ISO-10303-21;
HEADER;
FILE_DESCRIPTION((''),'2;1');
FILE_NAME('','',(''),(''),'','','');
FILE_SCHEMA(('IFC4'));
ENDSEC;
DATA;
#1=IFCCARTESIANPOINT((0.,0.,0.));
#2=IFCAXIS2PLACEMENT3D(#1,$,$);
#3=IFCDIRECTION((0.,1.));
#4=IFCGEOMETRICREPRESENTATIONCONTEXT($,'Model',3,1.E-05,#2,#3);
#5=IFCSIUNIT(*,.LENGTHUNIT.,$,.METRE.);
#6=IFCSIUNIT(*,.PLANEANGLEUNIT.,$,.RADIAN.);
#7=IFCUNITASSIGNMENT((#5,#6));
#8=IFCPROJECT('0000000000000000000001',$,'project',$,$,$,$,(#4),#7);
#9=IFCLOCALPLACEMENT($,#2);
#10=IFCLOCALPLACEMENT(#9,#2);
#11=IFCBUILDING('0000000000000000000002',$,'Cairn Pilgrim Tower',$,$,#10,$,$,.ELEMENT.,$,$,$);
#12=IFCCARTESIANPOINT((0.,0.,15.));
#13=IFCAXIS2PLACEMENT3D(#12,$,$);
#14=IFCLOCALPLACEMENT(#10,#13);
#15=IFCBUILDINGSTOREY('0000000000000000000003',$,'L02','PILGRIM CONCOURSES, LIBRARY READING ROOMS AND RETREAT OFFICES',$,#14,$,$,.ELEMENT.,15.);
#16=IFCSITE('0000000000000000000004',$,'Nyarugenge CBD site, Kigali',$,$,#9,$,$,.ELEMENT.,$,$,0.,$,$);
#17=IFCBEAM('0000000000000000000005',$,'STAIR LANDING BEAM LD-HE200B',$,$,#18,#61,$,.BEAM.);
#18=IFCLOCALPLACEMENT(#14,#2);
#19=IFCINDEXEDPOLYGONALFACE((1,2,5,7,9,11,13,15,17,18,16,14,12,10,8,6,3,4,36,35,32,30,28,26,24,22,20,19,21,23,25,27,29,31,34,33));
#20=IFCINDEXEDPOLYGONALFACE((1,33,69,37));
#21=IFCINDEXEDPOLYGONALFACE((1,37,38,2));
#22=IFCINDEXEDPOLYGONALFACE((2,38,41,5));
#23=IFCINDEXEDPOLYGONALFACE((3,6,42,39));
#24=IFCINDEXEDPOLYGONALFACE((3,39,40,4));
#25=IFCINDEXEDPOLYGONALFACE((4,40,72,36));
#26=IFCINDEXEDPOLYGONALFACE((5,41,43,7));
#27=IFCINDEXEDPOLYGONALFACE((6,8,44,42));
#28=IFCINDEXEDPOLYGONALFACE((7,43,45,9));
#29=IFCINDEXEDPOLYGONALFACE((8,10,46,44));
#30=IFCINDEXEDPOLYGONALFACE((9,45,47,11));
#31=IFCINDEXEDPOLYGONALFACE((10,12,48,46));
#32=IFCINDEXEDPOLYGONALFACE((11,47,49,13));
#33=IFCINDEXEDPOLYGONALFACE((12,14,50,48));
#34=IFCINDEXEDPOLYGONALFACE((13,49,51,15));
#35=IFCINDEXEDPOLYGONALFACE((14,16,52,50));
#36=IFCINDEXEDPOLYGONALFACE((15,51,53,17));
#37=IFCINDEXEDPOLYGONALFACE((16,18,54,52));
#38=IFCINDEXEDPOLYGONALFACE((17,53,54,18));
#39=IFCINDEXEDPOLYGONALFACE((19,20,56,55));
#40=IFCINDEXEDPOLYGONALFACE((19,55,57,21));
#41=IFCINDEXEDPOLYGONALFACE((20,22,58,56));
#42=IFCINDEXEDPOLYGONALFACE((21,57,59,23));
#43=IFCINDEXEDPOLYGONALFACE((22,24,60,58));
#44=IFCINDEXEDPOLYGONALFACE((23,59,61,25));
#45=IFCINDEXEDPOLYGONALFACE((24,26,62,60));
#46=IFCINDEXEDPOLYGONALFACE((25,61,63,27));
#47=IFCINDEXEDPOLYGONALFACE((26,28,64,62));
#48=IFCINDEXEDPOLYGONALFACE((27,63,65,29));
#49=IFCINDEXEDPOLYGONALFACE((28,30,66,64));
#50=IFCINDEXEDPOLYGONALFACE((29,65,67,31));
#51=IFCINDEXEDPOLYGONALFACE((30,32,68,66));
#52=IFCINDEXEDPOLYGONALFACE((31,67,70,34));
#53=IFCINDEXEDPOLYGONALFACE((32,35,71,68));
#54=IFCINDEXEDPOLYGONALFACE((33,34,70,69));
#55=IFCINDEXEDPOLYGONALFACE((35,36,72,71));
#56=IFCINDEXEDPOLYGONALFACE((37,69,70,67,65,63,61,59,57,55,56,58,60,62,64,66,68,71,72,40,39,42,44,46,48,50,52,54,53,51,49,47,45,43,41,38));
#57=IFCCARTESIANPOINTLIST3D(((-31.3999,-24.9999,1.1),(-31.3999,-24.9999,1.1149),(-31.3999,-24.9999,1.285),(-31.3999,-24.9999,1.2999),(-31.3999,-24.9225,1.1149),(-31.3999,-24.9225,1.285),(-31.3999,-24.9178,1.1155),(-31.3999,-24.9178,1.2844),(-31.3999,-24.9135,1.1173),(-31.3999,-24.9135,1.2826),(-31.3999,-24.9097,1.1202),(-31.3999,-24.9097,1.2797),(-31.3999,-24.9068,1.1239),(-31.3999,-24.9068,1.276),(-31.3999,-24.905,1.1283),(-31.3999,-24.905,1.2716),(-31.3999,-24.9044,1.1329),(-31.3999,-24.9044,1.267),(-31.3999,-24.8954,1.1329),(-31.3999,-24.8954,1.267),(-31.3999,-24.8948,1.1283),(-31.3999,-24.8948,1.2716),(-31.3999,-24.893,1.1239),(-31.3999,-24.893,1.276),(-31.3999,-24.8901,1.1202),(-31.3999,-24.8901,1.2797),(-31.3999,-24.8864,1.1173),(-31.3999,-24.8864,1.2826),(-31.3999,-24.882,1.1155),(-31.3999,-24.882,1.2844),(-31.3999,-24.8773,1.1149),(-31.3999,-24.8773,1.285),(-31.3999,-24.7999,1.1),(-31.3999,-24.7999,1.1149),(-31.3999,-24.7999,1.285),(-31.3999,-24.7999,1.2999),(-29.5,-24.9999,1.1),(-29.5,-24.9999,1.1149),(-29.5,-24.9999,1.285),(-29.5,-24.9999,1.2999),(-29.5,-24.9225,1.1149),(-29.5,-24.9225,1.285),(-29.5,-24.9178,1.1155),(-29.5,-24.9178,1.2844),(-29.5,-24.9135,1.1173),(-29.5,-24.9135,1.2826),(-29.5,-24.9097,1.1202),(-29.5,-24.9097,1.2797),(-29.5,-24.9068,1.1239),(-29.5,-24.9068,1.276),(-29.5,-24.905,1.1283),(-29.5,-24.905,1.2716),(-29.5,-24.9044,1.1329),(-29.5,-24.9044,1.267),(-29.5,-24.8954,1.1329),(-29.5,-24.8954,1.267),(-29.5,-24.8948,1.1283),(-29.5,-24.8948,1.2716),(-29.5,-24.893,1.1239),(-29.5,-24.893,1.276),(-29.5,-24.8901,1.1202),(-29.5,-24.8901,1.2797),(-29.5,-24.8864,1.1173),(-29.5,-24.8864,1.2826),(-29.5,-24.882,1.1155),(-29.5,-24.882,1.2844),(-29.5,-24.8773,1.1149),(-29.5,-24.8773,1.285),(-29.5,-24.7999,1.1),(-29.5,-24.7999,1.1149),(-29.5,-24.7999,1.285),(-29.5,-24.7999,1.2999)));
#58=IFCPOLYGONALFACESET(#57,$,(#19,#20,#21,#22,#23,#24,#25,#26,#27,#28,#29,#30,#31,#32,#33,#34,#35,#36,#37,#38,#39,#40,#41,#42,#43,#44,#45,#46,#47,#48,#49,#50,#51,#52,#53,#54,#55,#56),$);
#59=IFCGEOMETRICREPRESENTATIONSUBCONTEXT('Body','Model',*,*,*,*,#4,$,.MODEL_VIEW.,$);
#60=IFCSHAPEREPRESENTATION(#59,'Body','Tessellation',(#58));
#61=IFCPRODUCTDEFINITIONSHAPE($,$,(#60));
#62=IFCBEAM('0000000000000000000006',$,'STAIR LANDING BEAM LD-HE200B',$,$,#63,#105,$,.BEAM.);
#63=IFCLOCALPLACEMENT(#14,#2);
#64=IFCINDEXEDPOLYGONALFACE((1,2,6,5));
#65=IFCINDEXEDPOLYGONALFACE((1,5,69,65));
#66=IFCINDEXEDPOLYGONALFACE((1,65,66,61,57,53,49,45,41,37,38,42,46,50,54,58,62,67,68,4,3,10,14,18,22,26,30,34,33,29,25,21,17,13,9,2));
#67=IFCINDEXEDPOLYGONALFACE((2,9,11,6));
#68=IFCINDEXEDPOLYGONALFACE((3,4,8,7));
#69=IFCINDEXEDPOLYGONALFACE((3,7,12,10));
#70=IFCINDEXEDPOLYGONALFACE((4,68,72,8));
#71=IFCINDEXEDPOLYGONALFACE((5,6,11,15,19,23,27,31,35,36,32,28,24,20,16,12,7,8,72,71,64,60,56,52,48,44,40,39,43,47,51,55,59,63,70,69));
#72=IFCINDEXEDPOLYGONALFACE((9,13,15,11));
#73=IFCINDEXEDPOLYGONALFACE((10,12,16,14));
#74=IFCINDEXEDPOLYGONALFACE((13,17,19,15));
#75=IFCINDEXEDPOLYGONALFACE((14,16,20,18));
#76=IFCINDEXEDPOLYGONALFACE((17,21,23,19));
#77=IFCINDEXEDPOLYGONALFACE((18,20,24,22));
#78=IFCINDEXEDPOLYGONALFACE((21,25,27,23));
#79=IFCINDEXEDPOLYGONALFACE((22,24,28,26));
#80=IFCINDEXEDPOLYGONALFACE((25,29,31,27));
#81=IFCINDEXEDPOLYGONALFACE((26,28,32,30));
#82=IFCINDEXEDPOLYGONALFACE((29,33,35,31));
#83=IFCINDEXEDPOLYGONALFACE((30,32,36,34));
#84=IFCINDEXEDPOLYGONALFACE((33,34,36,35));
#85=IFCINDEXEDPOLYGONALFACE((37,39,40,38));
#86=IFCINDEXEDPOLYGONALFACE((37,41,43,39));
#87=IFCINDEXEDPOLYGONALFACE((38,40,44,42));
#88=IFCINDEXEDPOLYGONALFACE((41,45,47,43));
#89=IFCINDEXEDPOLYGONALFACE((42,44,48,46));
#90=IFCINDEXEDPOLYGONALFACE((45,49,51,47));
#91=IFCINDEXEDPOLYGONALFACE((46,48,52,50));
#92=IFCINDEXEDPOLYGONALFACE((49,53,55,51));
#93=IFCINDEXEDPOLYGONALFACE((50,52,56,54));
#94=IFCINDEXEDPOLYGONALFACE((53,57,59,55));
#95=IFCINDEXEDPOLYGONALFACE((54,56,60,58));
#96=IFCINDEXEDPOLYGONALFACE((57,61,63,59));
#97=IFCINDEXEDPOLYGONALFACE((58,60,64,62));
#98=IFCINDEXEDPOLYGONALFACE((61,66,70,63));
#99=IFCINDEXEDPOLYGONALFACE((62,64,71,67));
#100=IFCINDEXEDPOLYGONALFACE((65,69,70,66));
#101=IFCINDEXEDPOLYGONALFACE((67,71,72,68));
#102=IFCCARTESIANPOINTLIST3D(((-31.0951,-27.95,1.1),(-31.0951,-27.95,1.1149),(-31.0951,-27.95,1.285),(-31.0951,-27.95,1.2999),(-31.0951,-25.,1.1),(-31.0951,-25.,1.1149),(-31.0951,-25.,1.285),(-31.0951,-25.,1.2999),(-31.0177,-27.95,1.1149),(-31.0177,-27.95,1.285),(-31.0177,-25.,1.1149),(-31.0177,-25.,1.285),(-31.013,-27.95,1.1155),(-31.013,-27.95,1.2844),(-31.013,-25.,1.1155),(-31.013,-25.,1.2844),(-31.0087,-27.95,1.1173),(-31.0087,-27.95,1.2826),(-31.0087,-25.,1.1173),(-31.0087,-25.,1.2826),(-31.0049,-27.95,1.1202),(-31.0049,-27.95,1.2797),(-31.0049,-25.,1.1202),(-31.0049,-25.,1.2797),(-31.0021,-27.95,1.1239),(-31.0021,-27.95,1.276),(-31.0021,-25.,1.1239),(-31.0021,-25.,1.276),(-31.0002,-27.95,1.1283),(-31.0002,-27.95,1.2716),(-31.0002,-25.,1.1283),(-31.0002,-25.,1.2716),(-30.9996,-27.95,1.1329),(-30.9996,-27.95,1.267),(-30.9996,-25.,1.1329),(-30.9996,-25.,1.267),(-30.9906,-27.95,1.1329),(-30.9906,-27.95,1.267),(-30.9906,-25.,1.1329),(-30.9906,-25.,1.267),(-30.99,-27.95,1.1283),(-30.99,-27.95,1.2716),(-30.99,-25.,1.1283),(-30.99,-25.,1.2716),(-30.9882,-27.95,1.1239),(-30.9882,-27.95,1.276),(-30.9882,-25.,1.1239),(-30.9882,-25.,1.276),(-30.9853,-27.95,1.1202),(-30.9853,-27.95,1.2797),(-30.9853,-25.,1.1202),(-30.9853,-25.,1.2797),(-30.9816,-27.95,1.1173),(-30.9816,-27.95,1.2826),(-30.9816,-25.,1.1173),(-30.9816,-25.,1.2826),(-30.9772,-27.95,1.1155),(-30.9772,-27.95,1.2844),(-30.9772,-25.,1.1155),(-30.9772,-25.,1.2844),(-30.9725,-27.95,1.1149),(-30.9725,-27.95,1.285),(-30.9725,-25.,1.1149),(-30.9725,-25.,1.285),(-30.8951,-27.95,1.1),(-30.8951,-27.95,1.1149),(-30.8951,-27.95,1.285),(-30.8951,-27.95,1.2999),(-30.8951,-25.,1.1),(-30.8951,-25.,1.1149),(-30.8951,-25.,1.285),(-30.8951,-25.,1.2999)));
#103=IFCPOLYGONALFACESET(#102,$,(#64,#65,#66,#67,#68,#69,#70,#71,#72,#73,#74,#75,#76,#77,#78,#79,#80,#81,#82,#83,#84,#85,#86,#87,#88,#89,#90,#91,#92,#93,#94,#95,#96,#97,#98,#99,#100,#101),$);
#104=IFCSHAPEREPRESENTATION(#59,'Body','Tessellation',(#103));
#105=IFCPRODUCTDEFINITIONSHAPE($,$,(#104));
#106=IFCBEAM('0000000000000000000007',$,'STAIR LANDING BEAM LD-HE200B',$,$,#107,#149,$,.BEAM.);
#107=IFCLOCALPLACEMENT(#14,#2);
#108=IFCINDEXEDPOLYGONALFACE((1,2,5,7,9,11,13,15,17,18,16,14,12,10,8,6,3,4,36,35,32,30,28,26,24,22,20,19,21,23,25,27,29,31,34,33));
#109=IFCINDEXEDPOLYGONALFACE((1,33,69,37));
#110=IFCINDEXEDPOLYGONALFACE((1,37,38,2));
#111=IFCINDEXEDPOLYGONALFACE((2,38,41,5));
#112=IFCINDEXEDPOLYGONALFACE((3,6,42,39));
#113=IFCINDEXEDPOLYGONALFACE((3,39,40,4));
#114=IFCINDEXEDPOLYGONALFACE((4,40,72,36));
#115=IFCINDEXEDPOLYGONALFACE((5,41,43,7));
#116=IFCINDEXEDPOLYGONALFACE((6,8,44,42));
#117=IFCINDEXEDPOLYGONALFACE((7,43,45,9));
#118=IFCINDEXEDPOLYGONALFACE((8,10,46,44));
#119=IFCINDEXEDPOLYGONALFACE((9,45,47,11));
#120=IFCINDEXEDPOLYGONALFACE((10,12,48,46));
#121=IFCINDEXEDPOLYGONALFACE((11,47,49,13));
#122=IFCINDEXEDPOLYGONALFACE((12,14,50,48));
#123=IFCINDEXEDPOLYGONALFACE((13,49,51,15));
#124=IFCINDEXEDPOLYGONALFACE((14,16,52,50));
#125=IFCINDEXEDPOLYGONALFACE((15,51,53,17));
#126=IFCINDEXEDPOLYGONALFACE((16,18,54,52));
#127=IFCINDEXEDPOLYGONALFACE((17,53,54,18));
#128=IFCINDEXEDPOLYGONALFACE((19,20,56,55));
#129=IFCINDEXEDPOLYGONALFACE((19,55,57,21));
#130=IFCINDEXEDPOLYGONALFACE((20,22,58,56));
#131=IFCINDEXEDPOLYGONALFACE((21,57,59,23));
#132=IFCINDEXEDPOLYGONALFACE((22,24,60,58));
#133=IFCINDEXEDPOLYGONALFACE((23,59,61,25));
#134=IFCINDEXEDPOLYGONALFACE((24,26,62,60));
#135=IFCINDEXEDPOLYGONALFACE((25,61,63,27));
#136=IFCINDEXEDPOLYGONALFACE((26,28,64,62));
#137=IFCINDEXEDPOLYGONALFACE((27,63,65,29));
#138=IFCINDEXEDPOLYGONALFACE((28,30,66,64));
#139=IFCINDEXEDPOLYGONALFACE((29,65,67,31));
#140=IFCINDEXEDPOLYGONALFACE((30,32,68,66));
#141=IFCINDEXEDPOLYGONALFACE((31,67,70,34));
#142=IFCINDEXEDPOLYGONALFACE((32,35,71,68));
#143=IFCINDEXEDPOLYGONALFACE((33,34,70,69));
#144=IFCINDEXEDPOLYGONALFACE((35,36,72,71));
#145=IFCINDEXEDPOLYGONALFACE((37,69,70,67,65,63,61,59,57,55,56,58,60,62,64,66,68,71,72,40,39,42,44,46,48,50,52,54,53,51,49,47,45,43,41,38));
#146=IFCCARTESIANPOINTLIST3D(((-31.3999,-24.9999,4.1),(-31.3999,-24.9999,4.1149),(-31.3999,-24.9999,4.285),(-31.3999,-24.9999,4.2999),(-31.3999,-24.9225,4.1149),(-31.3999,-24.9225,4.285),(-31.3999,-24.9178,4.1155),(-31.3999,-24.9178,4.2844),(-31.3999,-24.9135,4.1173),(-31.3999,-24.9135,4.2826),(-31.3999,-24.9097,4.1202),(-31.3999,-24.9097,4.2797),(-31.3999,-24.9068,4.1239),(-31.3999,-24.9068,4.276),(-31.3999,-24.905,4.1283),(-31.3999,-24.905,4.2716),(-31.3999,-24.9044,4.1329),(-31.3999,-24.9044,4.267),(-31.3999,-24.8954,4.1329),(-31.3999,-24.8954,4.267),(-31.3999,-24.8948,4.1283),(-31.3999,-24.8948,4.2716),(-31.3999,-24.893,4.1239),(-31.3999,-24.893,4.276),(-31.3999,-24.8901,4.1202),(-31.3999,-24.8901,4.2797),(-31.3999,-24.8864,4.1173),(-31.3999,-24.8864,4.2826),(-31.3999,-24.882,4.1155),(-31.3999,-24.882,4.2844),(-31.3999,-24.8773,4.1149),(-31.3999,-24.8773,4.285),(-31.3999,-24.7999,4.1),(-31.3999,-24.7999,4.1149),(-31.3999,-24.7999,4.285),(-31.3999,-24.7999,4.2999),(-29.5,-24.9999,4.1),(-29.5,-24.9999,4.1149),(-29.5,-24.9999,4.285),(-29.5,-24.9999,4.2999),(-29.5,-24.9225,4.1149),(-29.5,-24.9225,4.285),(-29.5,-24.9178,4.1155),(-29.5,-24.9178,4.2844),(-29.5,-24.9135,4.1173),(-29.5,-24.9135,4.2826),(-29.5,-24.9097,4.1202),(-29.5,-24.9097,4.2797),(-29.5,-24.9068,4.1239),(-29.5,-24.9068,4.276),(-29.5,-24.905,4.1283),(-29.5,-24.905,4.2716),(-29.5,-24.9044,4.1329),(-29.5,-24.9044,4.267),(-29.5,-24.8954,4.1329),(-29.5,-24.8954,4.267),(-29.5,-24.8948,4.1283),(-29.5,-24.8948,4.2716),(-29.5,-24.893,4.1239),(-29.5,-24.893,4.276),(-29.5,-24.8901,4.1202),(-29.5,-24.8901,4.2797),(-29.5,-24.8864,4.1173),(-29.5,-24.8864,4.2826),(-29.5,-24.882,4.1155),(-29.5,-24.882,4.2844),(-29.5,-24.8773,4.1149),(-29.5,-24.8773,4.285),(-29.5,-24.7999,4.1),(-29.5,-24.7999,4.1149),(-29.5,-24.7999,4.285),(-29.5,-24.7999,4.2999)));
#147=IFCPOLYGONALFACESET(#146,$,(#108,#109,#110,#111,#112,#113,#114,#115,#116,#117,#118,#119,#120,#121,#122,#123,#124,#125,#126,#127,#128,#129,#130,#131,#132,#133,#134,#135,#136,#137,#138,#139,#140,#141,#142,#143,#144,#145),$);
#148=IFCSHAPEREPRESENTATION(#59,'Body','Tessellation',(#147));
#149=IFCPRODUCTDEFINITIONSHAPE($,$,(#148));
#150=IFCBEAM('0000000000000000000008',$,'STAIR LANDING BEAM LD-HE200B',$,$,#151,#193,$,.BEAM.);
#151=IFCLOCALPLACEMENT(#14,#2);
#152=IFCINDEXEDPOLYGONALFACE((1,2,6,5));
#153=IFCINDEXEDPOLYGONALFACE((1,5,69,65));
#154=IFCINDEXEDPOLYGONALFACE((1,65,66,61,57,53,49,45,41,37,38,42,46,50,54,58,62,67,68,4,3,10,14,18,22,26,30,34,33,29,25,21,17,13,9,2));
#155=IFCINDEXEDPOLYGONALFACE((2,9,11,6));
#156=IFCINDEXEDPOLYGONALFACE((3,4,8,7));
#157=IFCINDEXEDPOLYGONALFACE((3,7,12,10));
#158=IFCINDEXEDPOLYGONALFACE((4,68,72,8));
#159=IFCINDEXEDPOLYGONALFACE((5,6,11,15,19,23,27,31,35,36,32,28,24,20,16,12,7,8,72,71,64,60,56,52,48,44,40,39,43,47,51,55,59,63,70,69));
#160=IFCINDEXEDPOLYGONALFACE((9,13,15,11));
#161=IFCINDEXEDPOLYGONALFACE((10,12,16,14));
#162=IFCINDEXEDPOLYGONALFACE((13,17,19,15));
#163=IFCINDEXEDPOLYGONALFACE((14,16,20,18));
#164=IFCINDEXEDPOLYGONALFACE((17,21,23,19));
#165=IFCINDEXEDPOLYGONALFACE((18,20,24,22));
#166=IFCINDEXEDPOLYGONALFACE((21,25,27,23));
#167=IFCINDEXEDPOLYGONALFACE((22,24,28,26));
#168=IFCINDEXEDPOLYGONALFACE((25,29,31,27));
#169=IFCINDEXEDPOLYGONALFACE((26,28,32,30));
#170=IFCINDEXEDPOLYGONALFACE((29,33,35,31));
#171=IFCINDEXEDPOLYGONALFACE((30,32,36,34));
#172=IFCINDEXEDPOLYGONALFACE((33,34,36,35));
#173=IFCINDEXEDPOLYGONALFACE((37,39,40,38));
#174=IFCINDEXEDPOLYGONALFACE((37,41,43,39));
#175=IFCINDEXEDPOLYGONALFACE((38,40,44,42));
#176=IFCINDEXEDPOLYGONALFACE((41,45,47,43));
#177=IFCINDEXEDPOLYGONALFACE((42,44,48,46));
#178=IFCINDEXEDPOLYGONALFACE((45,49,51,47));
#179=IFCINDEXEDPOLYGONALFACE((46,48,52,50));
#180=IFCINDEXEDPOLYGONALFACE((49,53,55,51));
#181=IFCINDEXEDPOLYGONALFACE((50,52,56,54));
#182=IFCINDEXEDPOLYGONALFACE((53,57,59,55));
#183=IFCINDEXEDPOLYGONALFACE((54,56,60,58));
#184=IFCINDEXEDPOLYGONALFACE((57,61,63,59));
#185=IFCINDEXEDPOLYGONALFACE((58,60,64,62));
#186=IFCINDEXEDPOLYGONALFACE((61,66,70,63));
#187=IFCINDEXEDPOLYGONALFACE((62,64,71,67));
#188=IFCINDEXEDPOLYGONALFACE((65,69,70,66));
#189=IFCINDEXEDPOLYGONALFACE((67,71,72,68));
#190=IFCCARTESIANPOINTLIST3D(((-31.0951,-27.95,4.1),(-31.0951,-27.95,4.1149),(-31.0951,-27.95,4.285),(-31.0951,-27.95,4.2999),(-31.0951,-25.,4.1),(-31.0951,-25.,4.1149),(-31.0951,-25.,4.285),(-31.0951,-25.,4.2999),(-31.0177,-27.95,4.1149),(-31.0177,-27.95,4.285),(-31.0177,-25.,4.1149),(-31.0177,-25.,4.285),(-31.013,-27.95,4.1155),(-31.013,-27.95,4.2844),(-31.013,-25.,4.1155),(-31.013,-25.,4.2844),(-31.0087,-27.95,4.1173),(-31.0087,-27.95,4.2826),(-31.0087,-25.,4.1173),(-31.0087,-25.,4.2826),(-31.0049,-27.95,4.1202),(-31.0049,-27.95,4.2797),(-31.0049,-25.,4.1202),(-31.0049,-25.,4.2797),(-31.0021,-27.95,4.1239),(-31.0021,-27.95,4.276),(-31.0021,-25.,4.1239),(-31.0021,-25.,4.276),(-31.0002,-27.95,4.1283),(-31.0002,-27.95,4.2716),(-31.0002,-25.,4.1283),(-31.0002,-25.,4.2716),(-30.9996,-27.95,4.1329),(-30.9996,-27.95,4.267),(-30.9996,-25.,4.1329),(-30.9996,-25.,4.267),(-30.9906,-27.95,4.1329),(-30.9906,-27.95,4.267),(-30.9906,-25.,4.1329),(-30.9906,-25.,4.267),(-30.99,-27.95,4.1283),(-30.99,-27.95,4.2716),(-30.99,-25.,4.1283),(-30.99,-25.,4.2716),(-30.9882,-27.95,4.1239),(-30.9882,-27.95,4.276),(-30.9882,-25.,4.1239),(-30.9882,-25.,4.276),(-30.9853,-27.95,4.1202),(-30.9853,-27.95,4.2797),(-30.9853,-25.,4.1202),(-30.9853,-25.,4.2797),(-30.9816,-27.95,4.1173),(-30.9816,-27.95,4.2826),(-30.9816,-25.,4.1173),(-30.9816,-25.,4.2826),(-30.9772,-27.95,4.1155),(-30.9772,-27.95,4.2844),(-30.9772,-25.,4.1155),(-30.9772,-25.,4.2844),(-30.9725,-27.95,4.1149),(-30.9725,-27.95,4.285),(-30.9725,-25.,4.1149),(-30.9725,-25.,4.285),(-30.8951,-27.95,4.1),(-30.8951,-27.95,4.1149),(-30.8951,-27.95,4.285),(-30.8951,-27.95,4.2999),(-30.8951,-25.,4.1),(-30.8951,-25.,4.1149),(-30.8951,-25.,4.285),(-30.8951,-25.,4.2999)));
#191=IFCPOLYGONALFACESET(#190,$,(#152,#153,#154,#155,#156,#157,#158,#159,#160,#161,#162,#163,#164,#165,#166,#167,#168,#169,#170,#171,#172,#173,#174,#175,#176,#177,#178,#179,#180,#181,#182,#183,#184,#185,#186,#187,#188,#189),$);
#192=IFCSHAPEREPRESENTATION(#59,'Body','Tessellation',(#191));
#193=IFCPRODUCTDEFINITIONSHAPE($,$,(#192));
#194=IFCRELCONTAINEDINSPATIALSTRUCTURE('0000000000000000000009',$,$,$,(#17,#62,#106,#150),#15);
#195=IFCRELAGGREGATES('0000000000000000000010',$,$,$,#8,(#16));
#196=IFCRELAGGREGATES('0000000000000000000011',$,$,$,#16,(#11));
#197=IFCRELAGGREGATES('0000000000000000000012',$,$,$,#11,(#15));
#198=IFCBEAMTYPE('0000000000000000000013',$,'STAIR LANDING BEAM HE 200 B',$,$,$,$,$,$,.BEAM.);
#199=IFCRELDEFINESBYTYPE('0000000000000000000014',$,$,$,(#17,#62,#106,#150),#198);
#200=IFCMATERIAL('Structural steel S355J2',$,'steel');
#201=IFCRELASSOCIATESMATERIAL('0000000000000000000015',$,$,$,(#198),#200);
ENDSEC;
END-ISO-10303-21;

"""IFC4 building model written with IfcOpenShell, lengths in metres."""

from ifc_helpers import new_model, si_unit, direction, frame, origin, origin_2d, place, context, subcontext, project, spatial, i_section, extrude, material, material_profile, profile_set, type_object, element, save


model = new_model("IFC4")

# Units and contexts
model_context = context("Model", 3, precision=1e-05, world=origin(), true_north=direction((0.0, 1.0)))
body_context = subcontext(model_context, "Body", "Model", "MODEL_VIEW")
ifc_project = project(units=[si_unit("LENGTHUNIT", "METRE"), si_unit("PLANEANGLEUNIT", "RADIAN")], contexts=[model_context])

# Site, building, storey
site_placement = place(None, origin())
site = spatial("IfcSite", under=ifc_project, at=site_placement, Name="Nyarugenge CBD site, Kigali", CompositionType="ELEMENT", RefElevation=0.0)
building_placement = place(site_placement, origin())
building = spatial("IfcBuilding", under=site, at=building_placement, Name="Cairn Pilgrim Tower", CompositionType="ELEMENT")
storey_placement = place(building_placement, frame((0.0, 0.0, 15.0)))
storey = spatial("IfcBuildingStorey", under=building, at=storey_placement, Name="L02", Description="PILGRIM CONCOURSES, LIBRARY READING ROOMS AND RETREAT OFFICES", CompositionType="ELEMENT", Elevation=15.0)

# Shared definitions
ifc_material_1 = material(Name="Structural steel S355J2", Category="steel")

# Beams
ifc_material_profile_1 = material_profile(ifc_material_1, i_section(OverallWidth=0.2, OverallDepth=0.2, WebThickness=0.009, FlangeThickness=0.0149, FilletRadius=0.0181, at=origin_2d()), Name="HE 200 B")
ifc_profile_set_1 = profile_set([ifc_material_profile_1], Name="Structural steel S355J2")
beam_type_1 = type_object("IfcBeamType", Name="STAIR LANDING BEAM HE 200 B", PredefinedType="BEAM", material=ifc_profile_set_1)
beam_1_placement = place(storey_placement, frame((-31.3999, -24.8999, 1.2), z_axis=(1.0, 0.0, 0.0), x_axis=(0.0, 1.0, 0.0)))
element("IfcBeam", 1, at=beam_1_placement, inside=storey, type_object=beam_type_1, Name="STAIR LANDING BEAM LD-HE200B", PredefinedType="BEAM", context=body_context, shape_type="SweptSolid", body=[
    extrude(i_section(OverallWidth=0.2, OverallDepth=0.2, WebThickness=0.009, FlangeThickness=0.0149, FilletRadius=0.0181, at=origin_2d()), origin(), (0.0, 0.0, 1.0), 1.8999),
])
beam_2_placement = place(storey_placement, frame((-30.9951, -27.95, 1.2), z_axis=(0.0, 1.0, 0.0), x_axis=(-1.0, 0.0, 0.0)))
element("IfcBeam", 2, at=beam_2_placement, inside=storey, type_object=beam_type_1, Name="STAIR LANDING BEAM LD-HE200B", PredefinedType="BEAM", context=body_context, shape_type="SweptSolid", body=[
    extrude(i_section(OverallWidth=0.2, OverallDepth=0.2, WebThickness=0.009, FlangeThickness=0.0149, FilletRadius=0.0181, at=origin_2d()), origin(), (0.0, 0.0, 1.0), 2.95),
])
beam_3_placement = place(storey_placement, frame((-31.3999, -24.8999, 4.2), z_axis=(1.0, 0.0, 0.0), x_axis=(0.0, 1.0, 0.0)))
element("IfcBeam", 3, at=beam_3_placement, inside=storey, type_object=beam_type_1, Name="STAIR LANDING BEAM LD-HE200B", PredefinedType="BEAM", context=body_context, shape_type="SweptSolid", body=[
    extrude(i_section(OverallWidth=0.2, OverallDepth=0.2, WebThickness=0.009, FlangeThickness=0.0149, FilletRadius=0.0181, at=origin_2d()), origin(), (0.0, 0.0, 1.0), 1.8999),
])
beam_4_placement = place(storey_placement, frame((-30.9951, -27.95, 4.2), z_axis=(0.0, 1.0, 0.0), x_axis=(-1.0, 0.0, 0.0)))
element("IfcBeam", 4, at=beam_4_placement, inside=storey, type_object=beam_type_1, Name="STAIR LANDING BEAM LD-HE200B", PredefinedType="BEAM", context=body_context, shape_type="SweptSolid", body=[
    extrude(i_section(OverallWidth=0.2, OverallDepth=0.2, WebThickness=0.009, FlangeThickness=0.0149, FilletRadius=0.0181, at=origin_2d()), origin(), (0.0, 0.0, 1.0), 2.95),
])

save(model, "model.ifc")
